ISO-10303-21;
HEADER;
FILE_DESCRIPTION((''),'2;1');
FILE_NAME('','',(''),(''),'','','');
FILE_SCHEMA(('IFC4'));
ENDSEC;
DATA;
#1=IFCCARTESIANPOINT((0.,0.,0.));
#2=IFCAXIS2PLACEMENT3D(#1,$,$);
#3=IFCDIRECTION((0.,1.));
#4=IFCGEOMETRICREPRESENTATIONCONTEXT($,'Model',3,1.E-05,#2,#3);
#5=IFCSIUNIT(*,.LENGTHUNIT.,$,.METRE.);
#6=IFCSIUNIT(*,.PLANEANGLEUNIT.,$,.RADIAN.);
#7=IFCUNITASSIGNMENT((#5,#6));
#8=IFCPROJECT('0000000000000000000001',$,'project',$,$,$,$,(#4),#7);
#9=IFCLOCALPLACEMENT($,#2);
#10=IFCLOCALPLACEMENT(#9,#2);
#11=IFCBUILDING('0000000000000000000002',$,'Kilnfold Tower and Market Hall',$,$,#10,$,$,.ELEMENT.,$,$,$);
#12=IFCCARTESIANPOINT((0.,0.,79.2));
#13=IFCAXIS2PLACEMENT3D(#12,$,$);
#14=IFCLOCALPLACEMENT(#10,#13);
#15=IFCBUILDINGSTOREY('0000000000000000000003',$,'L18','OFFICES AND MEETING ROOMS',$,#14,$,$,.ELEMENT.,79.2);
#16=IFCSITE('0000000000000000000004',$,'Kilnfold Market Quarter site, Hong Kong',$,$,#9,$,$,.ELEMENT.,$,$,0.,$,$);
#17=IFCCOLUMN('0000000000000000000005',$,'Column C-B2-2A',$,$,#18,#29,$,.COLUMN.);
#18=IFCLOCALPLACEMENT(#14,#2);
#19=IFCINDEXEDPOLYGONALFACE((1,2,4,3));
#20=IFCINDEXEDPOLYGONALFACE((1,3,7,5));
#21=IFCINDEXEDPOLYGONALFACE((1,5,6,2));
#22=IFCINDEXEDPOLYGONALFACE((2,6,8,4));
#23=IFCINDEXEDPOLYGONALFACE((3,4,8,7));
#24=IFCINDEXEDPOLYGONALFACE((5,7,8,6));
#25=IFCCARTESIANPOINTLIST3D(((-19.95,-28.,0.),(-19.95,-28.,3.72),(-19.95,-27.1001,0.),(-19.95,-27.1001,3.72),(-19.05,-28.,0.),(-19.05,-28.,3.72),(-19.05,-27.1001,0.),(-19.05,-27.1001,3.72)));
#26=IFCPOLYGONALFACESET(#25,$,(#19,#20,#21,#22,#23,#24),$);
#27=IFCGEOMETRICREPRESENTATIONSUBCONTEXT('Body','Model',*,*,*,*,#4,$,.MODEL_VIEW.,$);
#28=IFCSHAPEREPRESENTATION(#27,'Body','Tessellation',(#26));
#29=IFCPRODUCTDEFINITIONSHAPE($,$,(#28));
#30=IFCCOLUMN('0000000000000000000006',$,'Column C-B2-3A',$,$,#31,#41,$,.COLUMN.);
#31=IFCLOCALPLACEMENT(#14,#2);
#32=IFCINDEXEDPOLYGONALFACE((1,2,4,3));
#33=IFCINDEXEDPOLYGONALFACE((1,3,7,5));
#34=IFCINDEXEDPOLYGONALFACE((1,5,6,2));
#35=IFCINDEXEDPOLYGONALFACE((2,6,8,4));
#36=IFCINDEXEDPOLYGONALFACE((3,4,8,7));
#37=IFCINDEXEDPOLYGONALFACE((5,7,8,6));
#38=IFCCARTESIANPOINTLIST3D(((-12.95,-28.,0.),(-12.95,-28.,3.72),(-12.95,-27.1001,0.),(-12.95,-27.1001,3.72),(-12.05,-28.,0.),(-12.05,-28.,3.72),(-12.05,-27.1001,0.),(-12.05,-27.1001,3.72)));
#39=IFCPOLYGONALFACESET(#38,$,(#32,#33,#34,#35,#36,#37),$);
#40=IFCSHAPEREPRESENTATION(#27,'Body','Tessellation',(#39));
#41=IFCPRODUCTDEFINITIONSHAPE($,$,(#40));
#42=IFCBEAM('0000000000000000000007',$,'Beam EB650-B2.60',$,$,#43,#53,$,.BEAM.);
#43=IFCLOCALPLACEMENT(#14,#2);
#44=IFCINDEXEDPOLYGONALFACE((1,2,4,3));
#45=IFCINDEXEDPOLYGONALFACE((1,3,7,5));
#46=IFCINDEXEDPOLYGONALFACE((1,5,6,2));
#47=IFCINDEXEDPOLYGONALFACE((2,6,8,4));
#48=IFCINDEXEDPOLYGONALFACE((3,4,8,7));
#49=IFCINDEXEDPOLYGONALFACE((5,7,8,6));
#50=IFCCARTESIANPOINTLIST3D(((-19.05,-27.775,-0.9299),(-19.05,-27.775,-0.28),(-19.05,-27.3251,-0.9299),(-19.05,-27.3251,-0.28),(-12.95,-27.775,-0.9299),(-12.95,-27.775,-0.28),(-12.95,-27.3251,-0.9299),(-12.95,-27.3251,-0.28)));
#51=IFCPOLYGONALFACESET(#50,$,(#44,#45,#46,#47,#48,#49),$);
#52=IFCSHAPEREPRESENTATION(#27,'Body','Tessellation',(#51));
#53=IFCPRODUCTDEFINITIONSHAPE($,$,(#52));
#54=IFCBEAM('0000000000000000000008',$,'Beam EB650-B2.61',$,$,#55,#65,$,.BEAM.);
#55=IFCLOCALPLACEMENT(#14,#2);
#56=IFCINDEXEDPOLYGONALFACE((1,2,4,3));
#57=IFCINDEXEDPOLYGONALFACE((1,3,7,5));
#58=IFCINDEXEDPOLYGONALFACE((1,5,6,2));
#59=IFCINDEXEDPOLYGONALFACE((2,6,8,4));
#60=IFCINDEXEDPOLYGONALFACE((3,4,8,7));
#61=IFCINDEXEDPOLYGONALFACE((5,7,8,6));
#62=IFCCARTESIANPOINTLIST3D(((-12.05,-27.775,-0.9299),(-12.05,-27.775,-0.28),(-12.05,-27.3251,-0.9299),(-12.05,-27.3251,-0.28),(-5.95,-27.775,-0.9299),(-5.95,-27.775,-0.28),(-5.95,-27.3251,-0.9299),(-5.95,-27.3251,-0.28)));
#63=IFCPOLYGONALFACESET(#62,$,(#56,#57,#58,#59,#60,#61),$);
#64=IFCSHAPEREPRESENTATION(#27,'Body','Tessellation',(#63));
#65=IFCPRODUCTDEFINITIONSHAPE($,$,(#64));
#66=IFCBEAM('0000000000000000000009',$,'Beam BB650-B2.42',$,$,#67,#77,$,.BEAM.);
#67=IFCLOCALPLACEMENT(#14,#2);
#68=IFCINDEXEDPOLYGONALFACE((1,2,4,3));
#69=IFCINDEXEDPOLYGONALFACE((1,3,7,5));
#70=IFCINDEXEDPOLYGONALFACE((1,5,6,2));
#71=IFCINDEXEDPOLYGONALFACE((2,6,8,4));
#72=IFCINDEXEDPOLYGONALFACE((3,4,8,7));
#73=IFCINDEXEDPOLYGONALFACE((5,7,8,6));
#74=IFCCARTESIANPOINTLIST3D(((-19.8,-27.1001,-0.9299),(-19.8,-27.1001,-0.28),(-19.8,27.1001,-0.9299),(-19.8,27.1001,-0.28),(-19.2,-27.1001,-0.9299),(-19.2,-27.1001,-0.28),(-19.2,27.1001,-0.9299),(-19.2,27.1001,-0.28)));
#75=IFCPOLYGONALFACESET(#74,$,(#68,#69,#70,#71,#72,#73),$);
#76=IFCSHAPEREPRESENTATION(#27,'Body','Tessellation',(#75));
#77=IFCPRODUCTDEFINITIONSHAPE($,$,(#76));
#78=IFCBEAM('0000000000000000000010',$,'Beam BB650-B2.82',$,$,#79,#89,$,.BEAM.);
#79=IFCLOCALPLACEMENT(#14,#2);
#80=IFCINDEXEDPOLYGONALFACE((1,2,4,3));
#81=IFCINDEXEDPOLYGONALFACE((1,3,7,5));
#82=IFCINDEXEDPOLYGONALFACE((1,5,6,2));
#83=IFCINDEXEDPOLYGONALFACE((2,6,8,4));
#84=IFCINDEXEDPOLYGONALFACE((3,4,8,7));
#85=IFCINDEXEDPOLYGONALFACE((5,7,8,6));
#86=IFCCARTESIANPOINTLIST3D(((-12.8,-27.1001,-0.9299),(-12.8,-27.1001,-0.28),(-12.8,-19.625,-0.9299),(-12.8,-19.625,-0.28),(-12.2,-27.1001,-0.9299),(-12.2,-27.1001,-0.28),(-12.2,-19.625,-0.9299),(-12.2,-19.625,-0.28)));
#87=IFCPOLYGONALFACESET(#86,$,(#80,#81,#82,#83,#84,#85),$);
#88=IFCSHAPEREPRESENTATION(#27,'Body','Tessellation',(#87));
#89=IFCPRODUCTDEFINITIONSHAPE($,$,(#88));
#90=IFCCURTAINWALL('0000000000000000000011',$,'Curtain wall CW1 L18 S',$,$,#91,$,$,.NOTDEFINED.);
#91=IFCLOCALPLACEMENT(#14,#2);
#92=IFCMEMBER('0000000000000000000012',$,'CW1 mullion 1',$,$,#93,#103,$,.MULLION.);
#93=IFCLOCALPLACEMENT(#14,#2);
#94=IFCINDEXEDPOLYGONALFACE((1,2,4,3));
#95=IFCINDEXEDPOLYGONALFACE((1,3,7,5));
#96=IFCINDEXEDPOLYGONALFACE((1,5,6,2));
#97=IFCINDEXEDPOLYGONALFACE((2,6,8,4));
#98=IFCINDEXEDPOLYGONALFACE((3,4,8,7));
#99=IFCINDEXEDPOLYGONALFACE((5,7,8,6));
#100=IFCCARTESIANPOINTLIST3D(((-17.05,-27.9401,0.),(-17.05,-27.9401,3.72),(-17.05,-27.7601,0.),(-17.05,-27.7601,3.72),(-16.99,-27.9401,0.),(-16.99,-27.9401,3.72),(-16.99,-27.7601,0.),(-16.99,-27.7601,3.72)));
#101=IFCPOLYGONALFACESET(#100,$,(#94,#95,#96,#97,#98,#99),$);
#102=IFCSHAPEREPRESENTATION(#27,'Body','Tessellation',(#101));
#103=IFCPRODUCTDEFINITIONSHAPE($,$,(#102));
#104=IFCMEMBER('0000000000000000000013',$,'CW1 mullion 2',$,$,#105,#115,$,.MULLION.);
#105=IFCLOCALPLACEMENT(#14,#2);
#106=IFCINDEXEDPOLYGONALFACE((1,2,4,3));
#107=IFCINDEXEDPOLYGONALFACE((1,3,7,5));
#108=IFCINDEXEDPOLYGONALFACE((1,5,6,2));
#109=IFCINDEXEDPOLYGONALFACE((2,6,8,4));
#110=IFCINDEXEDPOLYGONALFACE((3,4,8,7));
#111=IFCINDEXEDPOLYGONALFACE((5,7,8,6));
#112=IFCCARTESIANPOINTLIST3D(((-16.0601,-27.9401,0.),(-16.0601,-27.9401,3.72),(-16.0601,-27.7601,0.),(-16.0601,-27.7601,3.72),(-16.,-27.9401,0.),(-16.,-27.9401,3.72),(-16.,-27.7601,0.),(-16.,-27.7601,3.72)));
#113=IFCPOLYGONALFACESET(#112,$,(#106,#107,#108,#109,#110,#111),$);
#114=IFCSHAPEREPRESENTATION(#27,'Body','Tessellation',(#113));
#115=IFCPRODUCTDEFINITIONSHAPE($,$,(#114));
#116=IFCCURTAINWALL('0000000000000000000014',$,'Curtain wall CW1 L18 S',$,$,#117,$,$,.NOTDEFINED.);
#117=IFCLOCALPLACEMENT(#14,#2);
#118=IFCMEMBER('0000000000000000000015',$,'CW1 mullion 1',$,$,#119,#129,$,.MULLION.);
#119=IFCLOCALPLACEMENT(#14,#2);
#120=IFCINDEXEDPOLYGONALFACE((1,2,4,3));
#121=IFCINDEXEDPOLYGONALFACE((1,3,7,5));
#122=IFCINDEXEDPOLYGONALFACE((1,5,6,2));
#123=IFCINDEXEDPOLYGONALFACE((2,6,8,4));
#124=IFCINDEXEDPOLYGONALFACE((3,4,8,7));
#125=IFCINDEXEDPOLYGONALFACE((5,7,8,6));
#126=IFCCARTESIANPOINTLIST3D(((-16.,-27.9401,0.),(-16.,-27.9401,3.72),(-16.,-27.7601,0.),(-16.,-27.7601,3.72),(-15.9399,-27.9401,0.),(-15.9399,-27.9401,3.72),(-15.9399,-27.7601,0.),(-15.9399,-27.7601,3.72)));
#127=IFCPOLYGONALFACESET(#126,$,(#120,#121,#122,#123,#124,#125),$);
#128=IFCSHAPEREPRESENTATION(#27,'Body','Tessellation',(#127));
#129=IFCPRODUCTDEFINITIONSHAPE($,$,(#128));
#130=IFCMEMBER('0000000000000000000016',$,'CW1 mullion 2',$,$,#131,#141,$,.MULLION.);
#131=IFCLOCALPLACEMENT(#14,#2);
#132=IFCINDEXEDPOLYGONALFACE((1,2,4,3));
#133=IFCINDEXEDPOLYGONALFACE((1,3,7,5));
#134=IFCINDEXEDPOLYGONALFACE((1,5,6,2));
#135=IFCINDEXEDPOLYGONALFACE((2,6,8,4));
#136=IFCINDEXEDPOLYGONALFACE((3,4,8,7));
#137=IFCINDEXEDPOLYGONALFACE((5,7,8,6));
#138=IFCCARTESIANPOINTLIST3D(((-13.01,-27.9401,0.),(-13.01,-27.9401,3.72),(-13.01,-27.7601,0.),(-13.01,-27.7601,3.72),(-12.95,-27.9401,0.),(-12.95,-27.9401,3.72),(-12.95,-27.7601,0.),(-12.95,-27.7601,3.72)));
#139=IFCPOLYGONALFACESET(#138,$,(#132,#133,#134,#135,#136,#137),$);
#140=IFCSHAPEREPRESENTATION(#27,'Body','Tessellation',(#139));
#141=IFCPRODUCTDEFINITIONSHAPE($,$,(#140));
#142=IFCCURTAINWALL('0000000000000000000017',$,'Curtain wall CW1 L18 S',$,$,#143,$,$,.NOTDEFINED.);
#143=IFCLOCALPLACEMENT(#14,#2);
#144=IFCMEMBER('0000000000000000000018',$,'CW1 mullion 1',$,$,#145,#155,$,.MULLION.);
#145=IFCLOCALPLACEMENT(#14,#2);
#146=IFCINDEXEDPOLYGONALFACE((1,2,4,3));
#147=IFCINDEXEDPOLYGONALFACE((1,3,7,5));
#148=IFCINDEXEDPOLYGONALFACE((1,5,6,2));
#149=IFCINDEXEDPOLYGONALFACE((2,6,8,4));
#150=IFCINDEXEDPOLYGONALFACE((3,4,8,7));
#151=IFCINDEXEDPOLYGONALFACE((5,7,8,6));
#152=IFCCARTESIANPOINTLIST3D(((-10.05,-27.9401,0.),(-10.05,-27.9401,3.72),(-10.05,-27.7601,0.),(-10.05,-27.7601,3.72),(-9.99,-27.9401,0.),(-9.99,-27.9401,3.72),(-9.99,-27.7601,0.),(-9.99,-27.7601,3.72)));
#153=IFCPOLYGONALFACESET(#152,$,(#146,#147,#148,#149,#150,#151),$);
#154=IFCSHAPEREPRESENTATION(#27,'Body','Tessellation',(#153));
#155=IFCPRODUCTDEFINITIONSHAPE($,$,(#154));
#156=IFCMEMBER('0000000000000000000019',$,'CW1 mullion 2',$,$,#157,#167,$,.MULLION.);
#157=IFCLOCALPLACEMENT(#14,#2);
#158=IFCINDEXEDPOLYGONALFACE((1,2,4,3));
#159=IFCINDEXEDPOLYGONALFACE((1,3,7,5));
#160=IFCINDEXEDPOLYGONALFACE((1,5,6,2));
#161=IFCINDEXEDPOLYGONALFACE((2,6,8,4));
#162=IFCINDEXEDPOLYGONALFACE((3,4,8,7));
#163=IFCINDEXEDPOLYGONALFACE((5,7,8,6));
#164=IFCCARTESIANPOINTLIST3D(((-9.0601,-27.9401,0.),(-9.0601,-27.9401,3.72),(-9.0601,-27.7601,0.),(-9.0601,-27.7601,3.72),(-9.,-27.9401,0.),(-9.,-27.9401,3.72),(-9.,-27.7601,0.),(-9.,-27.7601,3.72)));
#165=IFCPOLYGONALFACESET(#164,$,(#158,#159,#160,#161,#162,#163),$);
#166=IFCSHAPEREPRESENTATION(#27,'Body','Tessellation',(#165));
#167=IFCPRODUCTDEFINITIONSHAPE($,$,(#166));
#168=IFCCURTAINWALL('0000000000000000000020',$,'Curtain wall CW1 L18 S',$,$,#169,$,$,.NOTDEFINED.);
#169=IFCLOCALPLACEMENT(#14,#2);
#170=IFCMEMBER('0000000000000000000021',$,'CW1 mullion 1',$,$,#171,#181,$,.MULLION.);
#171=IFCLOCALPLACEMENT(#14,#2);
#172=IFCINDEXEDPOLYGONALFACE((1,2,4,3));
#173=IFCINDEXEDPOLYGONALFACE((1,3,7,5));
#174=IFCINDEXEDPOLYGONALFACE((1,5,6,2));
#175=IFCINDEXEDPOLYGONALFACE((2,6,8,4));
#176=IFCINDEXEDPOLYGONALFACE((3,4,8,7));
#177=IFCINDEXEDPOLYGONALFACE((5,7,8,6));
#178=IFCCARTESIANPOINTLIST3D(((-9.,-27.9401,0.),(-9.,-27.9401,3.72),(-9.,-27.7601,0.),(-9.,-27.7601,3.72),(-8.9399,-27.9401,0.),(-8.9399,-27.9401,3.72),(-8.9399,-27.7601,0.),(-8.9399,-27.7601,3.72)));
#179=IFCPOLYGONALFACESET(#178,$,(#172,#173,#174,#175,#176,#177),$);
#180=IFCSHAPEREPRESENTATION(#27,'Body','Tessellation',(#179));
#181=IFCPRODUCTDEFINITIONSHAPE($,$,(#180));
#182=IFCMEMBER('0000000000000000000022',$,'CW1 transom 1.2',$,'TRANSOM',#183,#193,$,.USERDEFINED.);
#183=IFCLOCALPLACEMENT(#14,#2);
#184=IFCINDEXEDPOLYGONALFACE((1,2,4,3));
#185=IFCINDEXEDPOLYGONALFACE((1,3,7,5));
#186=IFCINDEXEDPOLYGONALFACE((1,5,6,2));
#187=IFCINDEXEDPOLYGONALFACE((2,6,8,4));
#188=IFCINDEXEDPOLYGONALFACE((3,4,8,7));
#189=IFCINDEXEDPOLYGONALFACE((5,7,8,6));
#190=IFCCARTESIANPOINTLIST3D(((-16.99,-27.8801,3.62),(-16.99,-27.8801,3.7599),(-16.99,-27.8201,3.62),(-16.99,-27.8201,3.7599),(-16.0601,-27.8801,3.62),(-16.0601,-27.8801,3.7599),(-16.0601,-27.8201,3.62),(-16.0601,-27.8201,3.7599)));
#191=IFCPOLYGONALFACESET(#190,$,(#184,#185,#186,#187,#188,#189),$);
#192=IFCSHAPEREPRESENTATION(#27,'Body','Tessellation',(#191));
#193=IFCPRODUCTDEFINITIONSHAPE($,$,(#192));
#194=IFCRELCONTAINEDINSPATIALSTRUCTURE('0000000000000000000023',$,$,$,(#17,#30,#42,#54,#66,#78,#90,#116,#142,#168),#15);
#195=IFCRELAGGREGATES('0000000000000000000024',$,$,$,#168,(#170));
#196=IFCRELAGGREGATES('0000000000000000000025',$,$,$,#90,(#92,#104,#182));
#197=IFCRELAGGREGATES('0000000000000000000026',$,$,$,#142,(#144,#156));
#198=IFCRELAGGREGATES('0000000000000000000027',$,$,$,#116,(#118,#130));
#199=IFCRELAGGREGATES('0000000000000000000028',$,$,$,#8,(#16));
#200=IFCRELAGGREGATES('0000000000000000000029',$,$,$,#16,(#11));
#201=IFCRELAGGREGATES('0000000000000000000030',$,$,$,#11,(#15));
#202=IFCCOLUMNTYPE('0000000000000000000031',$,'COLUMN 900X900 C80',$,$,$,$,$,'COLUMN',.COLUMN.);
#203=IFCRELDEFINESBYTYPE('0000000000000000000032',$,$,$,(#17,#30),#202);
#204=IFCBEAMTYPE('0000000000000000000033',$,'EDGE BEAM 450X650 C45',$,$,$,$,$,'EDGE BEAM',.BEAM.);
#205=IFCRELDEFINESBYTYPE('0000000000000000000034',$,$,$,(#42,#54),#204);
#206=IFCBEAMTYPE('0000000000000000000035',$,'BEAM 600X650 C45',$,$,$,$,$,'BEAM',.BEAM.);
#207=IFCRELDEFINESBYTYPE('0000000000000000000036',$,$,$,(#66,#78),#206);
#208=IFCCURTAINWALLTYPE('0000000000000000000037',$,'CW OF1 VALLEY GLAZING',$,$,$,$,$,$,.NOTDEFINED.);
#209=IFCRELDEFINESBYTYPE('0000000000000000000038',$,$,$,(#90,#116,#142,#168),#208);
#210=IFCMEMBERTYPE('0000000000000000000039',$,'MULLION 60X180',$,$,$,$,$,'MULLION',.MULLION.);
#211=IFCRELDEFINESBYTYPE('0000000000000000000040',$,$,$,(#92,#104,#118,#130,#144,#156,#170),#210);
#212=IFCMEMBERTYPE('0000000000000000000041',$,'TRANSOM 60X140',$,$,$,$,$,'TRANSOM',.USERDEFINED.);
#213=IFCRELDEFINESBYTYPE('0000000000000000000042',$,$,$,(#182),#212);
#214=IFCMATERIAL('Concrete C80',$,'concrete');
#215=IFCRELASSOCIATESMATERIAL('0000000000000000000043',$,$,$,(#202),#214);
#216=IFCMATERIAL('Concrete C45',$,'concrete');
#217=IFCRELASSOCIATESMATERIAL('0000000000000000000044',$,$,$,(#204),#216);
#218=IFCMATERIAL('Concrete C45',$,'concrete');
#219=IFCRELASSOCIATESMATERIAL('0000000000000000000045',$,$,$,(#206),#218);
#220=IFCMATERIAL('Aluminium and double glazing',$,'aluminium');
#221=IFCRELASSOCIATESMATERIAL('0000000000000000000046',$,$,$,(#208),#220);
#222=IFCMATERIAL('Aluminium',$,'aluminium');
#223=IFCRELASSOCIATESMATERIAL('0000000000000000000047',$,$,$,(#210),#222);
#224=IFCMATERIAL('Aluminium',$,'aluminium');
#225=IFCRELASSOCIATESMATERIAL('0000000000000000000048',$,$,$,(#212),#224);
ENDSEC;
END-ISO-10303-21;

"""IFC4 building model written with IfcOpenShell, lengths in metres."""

from ifc_helpers import new_model, si_unit, direction, frame, origin, origin_2d, place, context, subcontext, project, spatial, rectangle, extrude, source, transform, mapped, material, material_profile, profile_set, type_object, element, aggregate, save


model = new_model("IFC4")

# Units and contexts
model_context = context("Model", 3, precision=1e-05, world=origin(), true_north=direction((0.0, 1.0)))
body_context = subcontext(model_context, "Body", "Model", "MODEL_VIEW")
ifc_project = project(units=[si_unit("LENGTHUNIT", "METRE"), si_unit("PLANEANGLEUNIT", "RADIAN")], contexts=[model_context])

# Site, building, storey
site_placement = place(None, origin())
site = spatial("IfcSite", under=ifc_project, at=site_placement, Name="Kilnfold Market Quarter site, Hong Kong", CompositionType="ELEMENT", RefElevation=0.0)
building_placement = place(site_placement, origin())
building = spatial("IfcBuilding", under=site, at=building_placement, Name="Kilnfold Tower and Market Hall", CompositionType="ELEMENT")
storey_placement = place(building_placement, frame((0.0, 0.0, 79.2)))
storey = spatial("IfcBuildingStorey", under=building, at=storey_placement, Name="L18", Description="OFFICES AND MEETING ROOMS", CompositionType="ELEMENT", Elevation=79.2)

# Columns
ifc_material_1 = material(Name="Concrete C80", Category="concrete")
ifc_material_profile_1 = material_profile(ifc_material_1, rectangle(XDim=0.8999, YDim=0.8999, at=origin_2d()), Name="RC 900x900")
ifc_profile_set_1 = profile_set([ifc_material_profile_1], Name="Concrete C80")
column_type = type_object("IfcColumnType", Name="COLUMN 900X900 C80", ElementType="COLUMN", PredefinedType="COLUMN", material=ifc_profile_set_1)
shared_shape_1 = source(origin(), body_context, "Body", "SweptSolid", [
    extrude(rectangle(XDim=0.8999, YDim=0.8999, at=origin_2d()), origin(), (0.0, 0.0, 1.0), 3.72),
])
for number, where, z_axis, x_axis, name in (
    (1, (-19.5, -27.55, 0.0), (0.0, 0.0, 1.0), (1.0, 0.0, 0.0), "Column C-B2-2A"),
    (2, (-12.5, -27.55, 0.0), (0.0, 0.0, 1.0), (1.0, 0.0, 0.0), "Column C-B2-3A"),
):
    element("IfcColumn", number, at=place(storey_placement, frame(where, z_axis=z_axis, x_axis=x_axis)), inside=storey, type_object=column_type, Name=name, PredefinedType="COLUMN", context=body_context, shape_type="MappedRepresentation", body=[
        mapped(shared_shape_1, transform((0.0, 0.0, 0.0))),
    ])

# Beams
ifc_material_2 = material(Name="Concrete C45", Category="concrete")
ifc_material_profile_2 = material_profile(ifc_material_2, rectangle(XDim=0.45, YDim=0.6499, at=origin_2d()), Name="RC 450x650")
ifc_profile_set_2 = profile_set([ifc_material_profile_2], Name="Concrete C45")
beam_type_1 = type_object("IfcBeamType", Name="EDGE BEAM 450X650 C45", ElementType="EDGE BEAM", PredefinedType="BEAM", material=ifc_profile_set_2)
shared_shape_2 = source(origin(), body_context, "Body", "SweptSolid", [
    extrude(rectangle(XDim=0.45, YDim=0.6499, at=origin_2d()), origin(), (0.0, 0.0, 1.0), 6.1001),
])
for number, where, z_axis, x_axis, name in (
    (3, (-19.05, -27.55, -0.605), (1.0, 0.0, 0.0), (0.0, 1.0, 0.0), "Beam EB650-B2.60"),
    (4, (-12.05, -27.55, -0.605), (1.0, 0.0, 0.0), (0.0, 1.0, 0.0), "Beam EB650-B2.61"),
):
    element("IfcBeam", number, at=place(storey_placement, frame(where, z_axis=z_axis, x_axis=x_axis)), inside=storey, type_object=beam_type_1, Name=name, PredefinedType="BEAM", context=body_context, shape_type="MappedRepresentation", body=[
        mapped(shared_shape_2, transform((0.0, 0.0, 0.0))),
    ])
ifc_material_3 = material(Name="Concrete C45", Category="concrete")
ifc_material_profile_3 = material_profile(ifc_material_3, rectangle(XDim=0.6001, YDim=0.6499, at=origin_2d()), Name="RC 600x650")
ifc_profile_set_3 = profile_set([ifc_material_profile_3], Name="Concrete C45")
beam_type_2 = type_object("IfcBeamType", Name="BEAM 600X650 C45", ElementType="BEAM", PredefinedType="BEAM", material=ifc_profile_set_3)
shared_shape_3 = source(origin(), body_context, "Body", "SweptSolid", [
    extrude(rectangle(XDim=0.6001, YDim=0.6499, at=origin_2d()), origin(), (0.0, 0.0, 1.0), 54.2002),
])
beam_1_placement = place(storey_placement, frame((-19.5, -27.1001, -0.605), z_axis=(0.0, 1.0, 0.0), x_axis=(-1.0, 0.0, 0.0)))
element("IfcBeam", 5, at=beam_1_placement, inside=storey, type_object=beam_type_2, Name="Beam BB650-B2.42", PredefinedType="BEAM", context=body_context, shape_type="MappedRepresentation", body=[
    mapped(shared_shape_3, transform((0.0, 0.0, 0.0))),
])
shared_shape_4 = source(origin(), body_context, "Body", "SweptSolid", [
    extrude(rectangle(XDim=0.6001, YDim=0.6499, at=origin_2d()), origin(), (0.0, 0.0, 1.0), 7.4751),
])
beam_2_placement = place(storey_placement, frame((-12.5, -27.1001, -0.605), z_axis=(0.0, 1.0, 0.0), x_axis=(-1.0, 0.0, 0.0)))
element("IfcBeam", 6, at=beam_2_placement, inside=storey, type_object=beam_type_2, Name="Beam BB650-B2.82", PredefinedType="BEAM", context=body_context, shape_type="MappedRepresentation", body=[
    mapped(shared_shape_4, transform((0.0, 0.0, 0.0))),
])

# Curtain walls, members
ifc_material_4 = material(Name="Aluminium and double glazing", Category="aluminium")
curtain_wall_type = type_object("IfcCurtainWallType", Name="CW OF1 VALLEY GLAZING", PredefinedType="NOTDEFINED", material=ifc_material_4)
curtain_wall_1_placement = place(storey_placement, origin())
curtain_wall_1 = element("IfcCurtainWall", 7, at=curtain_wall_1_placement, inside=storey, type_object=curtain_wall_type, Name="Curtain wall CW1 L18 S", PredefinedType="NOTDEFINED")
ifc_material_5 = material(Name="Aluminium", Category="aluminium")
ifc_material_profile_4 = material_profile(ifc_material_5, rectangle(XDim=0.0601, YDim=0.1799, at=origin_2d()), Name="MULLION 60x180")
ifc_profile_set_4 = profile_set([ifc_material_profile_4], Name="Aluminium")
member_type_1 = type_object("IfcMemberType", Name="MULLION 60X180", ElementType="MULLION", PredefinedType="MULLION", material=ifc_profile_set_4)
shared_shape_5 = source(origin(), body_context, "Body", "SweptSolid", [
    extrude(rectangle(XDim=0.0601, YDim=0.1799, at=origin_2d()), origin(), (0.0, 0.0, 1.0), 3.72),
])
member_1_placement = place(storey_placement, frame((-17.02, -27.8501, 0.0), z_axis=(0.0, 0.0, 1.0), x_axis=(1.0, 0.0, 0.0)))
member_1 = element("IfcMember", 8, at=member_1_placement, type_object=member_type_1, Name="CW1 mullion 1", PredefinedType="MULLION", context=body_context, shape_type="MappedRepresentation", body=[
    mapped(shared_shape_5, transform((0.0, 0.0, 0.0))),
])
member_2_placement = place(storey_placement, frame((-16.03, -27.8501, 0.0), z_axis=(0.0, 0.0, 1.0), x_axis=(1.0, 0.0, 0.0)))
member_2 = element("IfcMember", 9, at=member_2_placement, type_object=member_type_1, Name="CW1 mullion 2", PredefinedType="MULLION", context=body_context, shape_type="MappedRepresentation", body=[
    mapped(shared_shape_5, transform((0.0, 0.0, 0.0))),
])
curtain_wall_2_placement = place(storey_placement, origin())
curtain_wall_2 = element("IfcCurtainWall", 10, at=curtain_wall_2_placement, inside=storey, type_object=curtain_wall_type, Name="Curtain wall CW1 L18 S", PredefinedType="NOTDEFINED")
member_3_placement = place(storey_placement, frame((-15.97, -27.8501, 0.0), z_axis=(0.0, 0.0, 1.0), x_axis=(1.0, 0.0, 0.0)))
member_3 = element("IfcMember", 11, at=member_3_placement, type_object=member_type_1, Name="CW1 mullion 1", PredefinedType="MULLION", context=body_context, shape_type="MappedRepresentation", body=[
    mapped(shared_shape_5, transform((0.0, 0.0, 0.0))),
])
member_4_placement = place(storey_placement, frame((-12.98, -27.8501, 0.0), z_axis=(0.0, 0.0, 1.0), x_axis=(1.0, 0.0, 0.0)))
member_4 = element("IfcMember", 12, at=member_4_placement, type_object=member_type_1, Name="CW1 mullion 2", PredefinedType="MULLION", context=body_context, shape_type="MappedRepresentation", body=[
    mapped(shared_shape_5, transform((0.0, 0.0, 0.0))),
])
curtain_wall_3_placement = place(storey_placement, origin())
curtain_wall_3 = element("IfcCurtainWall", 13, at=curtain_wall_3_placement, inside=storey, type_object=curtain_wall_type, Name="Curtain wall CW1 L18 S", PredefinedType="NOTDEFINED")
member_5_placement = place(storey_placement, frame((-10.02, -27.8501, 0.0), z_axis=(0.0, 0.0, 1.0), x_axis=(1.0, 0.0, 0.0)))
member_5 = element("IfcMember", 14, at=member_5_placement, type_object=member_type_1, Name="CW1 mullion 1", PredefinedType="MULLION", context=body_context, shape_type="MappedRepresentation", body=[
    mapped(shared_shape_5, transform((0.0, 0.0, 0.0))),
])
member_6_placement = place(storey_placement, frame((-9.03, -27.8501, 0.0), z_axis=(0.0, 0.0, 1.0), x_axis=(1.0, 0.0, 0.0)))
member_6 = element("IfcMember", 15, at=member_6_placement, type_object=member_type_1, Name="CW1 mullion 2", PredefinedType="MULLION", context=body_context, shape_type="MappedRepresentation", body=[
    mapped(shared_shape_5, transform((0.0, 0.0, 0.0))),
])

# Curtain wall, member
curtain_wall_4_placement = place(storey_placement, origin())
curtain_wall_4 = element("IfcCurtainWall", 16, at=curtain_wall_4_placement, inside=storey, type_object=curtain_wall_type, Name="Curtain wall CW1 L18 S", PredefinedType="NOTDEFINED")
member_7_placement = place(storey_placement, frame((-8.97, -27.8501, 0.0), z_axis=(0.0, 0.0, 1.0), x_axis=(1.0, 0.0, 0.0)))
member_7 = element("IfcMember", 17, at=member_7_placement, type_object=member_type_1, Name="CW1 mullion 1", PredefinedType="MULLION", context=body_context, shape_type="MappedRepresentation", body=[
    mapped(shared_shape_5, transform((0.0, 0.0, 0.0))),
])

# Member
ifc_material_6 = material(Name="Aluminium", Category="aluminium")
ifc_material_profile_5 = material_profile(ifc_material_6, rectangle(XDim=0.0601, YDim=0.1399, at=origin_2d()), Name="TRANSOM 60x140")
ifc_profile_set_5 = profile_set([ifc_material_profile_5], Name="Aluminium")
member_type_2 = type_object("IfcMemberType", Name="TRANSOM 60X140", ElementType="TRANSOM", PredefinedType="USERDEFINED", material=ifc_profile_set_5)
shared_shape_6 = source(origin(), body_context, "Body", "SweptSolid", [
    extrude(rectangle(XDim=0.0601, YDim=0.1399, at=origin_2d()), origin(), (0.0, 0.0, 1.0), 0.9299),
])
member_8_placement = place(storey_placement, frame((-16.99, -27.8501, 3.6899), z_axis=(1.0, 0.0, 0.0), x_axis=(0.0, 1.0, 0.0)))
member_8 = element("IfcMember", 18, at=member_8_placement, type_object=member_type_2, Name="CW1 transom 1.2", ObjectType="TRANSOM", PredefinedType="USERDEFINED", context=body_context, shape_type="MappedRepresentation", body=[
    mapped(shared_shape_6, transform((0.0, 0.0, 0.0))),
])
aggregate(curtain_wall_4, [member_7])

aggregate(curtain_wall_1, [member_1, member_2, member_8])
aggregate(curtain_wall_3, [member_5, member_6])
aggregate(curtain_wall_2, [member_3, member_4])

save(model, "model.ifc")
